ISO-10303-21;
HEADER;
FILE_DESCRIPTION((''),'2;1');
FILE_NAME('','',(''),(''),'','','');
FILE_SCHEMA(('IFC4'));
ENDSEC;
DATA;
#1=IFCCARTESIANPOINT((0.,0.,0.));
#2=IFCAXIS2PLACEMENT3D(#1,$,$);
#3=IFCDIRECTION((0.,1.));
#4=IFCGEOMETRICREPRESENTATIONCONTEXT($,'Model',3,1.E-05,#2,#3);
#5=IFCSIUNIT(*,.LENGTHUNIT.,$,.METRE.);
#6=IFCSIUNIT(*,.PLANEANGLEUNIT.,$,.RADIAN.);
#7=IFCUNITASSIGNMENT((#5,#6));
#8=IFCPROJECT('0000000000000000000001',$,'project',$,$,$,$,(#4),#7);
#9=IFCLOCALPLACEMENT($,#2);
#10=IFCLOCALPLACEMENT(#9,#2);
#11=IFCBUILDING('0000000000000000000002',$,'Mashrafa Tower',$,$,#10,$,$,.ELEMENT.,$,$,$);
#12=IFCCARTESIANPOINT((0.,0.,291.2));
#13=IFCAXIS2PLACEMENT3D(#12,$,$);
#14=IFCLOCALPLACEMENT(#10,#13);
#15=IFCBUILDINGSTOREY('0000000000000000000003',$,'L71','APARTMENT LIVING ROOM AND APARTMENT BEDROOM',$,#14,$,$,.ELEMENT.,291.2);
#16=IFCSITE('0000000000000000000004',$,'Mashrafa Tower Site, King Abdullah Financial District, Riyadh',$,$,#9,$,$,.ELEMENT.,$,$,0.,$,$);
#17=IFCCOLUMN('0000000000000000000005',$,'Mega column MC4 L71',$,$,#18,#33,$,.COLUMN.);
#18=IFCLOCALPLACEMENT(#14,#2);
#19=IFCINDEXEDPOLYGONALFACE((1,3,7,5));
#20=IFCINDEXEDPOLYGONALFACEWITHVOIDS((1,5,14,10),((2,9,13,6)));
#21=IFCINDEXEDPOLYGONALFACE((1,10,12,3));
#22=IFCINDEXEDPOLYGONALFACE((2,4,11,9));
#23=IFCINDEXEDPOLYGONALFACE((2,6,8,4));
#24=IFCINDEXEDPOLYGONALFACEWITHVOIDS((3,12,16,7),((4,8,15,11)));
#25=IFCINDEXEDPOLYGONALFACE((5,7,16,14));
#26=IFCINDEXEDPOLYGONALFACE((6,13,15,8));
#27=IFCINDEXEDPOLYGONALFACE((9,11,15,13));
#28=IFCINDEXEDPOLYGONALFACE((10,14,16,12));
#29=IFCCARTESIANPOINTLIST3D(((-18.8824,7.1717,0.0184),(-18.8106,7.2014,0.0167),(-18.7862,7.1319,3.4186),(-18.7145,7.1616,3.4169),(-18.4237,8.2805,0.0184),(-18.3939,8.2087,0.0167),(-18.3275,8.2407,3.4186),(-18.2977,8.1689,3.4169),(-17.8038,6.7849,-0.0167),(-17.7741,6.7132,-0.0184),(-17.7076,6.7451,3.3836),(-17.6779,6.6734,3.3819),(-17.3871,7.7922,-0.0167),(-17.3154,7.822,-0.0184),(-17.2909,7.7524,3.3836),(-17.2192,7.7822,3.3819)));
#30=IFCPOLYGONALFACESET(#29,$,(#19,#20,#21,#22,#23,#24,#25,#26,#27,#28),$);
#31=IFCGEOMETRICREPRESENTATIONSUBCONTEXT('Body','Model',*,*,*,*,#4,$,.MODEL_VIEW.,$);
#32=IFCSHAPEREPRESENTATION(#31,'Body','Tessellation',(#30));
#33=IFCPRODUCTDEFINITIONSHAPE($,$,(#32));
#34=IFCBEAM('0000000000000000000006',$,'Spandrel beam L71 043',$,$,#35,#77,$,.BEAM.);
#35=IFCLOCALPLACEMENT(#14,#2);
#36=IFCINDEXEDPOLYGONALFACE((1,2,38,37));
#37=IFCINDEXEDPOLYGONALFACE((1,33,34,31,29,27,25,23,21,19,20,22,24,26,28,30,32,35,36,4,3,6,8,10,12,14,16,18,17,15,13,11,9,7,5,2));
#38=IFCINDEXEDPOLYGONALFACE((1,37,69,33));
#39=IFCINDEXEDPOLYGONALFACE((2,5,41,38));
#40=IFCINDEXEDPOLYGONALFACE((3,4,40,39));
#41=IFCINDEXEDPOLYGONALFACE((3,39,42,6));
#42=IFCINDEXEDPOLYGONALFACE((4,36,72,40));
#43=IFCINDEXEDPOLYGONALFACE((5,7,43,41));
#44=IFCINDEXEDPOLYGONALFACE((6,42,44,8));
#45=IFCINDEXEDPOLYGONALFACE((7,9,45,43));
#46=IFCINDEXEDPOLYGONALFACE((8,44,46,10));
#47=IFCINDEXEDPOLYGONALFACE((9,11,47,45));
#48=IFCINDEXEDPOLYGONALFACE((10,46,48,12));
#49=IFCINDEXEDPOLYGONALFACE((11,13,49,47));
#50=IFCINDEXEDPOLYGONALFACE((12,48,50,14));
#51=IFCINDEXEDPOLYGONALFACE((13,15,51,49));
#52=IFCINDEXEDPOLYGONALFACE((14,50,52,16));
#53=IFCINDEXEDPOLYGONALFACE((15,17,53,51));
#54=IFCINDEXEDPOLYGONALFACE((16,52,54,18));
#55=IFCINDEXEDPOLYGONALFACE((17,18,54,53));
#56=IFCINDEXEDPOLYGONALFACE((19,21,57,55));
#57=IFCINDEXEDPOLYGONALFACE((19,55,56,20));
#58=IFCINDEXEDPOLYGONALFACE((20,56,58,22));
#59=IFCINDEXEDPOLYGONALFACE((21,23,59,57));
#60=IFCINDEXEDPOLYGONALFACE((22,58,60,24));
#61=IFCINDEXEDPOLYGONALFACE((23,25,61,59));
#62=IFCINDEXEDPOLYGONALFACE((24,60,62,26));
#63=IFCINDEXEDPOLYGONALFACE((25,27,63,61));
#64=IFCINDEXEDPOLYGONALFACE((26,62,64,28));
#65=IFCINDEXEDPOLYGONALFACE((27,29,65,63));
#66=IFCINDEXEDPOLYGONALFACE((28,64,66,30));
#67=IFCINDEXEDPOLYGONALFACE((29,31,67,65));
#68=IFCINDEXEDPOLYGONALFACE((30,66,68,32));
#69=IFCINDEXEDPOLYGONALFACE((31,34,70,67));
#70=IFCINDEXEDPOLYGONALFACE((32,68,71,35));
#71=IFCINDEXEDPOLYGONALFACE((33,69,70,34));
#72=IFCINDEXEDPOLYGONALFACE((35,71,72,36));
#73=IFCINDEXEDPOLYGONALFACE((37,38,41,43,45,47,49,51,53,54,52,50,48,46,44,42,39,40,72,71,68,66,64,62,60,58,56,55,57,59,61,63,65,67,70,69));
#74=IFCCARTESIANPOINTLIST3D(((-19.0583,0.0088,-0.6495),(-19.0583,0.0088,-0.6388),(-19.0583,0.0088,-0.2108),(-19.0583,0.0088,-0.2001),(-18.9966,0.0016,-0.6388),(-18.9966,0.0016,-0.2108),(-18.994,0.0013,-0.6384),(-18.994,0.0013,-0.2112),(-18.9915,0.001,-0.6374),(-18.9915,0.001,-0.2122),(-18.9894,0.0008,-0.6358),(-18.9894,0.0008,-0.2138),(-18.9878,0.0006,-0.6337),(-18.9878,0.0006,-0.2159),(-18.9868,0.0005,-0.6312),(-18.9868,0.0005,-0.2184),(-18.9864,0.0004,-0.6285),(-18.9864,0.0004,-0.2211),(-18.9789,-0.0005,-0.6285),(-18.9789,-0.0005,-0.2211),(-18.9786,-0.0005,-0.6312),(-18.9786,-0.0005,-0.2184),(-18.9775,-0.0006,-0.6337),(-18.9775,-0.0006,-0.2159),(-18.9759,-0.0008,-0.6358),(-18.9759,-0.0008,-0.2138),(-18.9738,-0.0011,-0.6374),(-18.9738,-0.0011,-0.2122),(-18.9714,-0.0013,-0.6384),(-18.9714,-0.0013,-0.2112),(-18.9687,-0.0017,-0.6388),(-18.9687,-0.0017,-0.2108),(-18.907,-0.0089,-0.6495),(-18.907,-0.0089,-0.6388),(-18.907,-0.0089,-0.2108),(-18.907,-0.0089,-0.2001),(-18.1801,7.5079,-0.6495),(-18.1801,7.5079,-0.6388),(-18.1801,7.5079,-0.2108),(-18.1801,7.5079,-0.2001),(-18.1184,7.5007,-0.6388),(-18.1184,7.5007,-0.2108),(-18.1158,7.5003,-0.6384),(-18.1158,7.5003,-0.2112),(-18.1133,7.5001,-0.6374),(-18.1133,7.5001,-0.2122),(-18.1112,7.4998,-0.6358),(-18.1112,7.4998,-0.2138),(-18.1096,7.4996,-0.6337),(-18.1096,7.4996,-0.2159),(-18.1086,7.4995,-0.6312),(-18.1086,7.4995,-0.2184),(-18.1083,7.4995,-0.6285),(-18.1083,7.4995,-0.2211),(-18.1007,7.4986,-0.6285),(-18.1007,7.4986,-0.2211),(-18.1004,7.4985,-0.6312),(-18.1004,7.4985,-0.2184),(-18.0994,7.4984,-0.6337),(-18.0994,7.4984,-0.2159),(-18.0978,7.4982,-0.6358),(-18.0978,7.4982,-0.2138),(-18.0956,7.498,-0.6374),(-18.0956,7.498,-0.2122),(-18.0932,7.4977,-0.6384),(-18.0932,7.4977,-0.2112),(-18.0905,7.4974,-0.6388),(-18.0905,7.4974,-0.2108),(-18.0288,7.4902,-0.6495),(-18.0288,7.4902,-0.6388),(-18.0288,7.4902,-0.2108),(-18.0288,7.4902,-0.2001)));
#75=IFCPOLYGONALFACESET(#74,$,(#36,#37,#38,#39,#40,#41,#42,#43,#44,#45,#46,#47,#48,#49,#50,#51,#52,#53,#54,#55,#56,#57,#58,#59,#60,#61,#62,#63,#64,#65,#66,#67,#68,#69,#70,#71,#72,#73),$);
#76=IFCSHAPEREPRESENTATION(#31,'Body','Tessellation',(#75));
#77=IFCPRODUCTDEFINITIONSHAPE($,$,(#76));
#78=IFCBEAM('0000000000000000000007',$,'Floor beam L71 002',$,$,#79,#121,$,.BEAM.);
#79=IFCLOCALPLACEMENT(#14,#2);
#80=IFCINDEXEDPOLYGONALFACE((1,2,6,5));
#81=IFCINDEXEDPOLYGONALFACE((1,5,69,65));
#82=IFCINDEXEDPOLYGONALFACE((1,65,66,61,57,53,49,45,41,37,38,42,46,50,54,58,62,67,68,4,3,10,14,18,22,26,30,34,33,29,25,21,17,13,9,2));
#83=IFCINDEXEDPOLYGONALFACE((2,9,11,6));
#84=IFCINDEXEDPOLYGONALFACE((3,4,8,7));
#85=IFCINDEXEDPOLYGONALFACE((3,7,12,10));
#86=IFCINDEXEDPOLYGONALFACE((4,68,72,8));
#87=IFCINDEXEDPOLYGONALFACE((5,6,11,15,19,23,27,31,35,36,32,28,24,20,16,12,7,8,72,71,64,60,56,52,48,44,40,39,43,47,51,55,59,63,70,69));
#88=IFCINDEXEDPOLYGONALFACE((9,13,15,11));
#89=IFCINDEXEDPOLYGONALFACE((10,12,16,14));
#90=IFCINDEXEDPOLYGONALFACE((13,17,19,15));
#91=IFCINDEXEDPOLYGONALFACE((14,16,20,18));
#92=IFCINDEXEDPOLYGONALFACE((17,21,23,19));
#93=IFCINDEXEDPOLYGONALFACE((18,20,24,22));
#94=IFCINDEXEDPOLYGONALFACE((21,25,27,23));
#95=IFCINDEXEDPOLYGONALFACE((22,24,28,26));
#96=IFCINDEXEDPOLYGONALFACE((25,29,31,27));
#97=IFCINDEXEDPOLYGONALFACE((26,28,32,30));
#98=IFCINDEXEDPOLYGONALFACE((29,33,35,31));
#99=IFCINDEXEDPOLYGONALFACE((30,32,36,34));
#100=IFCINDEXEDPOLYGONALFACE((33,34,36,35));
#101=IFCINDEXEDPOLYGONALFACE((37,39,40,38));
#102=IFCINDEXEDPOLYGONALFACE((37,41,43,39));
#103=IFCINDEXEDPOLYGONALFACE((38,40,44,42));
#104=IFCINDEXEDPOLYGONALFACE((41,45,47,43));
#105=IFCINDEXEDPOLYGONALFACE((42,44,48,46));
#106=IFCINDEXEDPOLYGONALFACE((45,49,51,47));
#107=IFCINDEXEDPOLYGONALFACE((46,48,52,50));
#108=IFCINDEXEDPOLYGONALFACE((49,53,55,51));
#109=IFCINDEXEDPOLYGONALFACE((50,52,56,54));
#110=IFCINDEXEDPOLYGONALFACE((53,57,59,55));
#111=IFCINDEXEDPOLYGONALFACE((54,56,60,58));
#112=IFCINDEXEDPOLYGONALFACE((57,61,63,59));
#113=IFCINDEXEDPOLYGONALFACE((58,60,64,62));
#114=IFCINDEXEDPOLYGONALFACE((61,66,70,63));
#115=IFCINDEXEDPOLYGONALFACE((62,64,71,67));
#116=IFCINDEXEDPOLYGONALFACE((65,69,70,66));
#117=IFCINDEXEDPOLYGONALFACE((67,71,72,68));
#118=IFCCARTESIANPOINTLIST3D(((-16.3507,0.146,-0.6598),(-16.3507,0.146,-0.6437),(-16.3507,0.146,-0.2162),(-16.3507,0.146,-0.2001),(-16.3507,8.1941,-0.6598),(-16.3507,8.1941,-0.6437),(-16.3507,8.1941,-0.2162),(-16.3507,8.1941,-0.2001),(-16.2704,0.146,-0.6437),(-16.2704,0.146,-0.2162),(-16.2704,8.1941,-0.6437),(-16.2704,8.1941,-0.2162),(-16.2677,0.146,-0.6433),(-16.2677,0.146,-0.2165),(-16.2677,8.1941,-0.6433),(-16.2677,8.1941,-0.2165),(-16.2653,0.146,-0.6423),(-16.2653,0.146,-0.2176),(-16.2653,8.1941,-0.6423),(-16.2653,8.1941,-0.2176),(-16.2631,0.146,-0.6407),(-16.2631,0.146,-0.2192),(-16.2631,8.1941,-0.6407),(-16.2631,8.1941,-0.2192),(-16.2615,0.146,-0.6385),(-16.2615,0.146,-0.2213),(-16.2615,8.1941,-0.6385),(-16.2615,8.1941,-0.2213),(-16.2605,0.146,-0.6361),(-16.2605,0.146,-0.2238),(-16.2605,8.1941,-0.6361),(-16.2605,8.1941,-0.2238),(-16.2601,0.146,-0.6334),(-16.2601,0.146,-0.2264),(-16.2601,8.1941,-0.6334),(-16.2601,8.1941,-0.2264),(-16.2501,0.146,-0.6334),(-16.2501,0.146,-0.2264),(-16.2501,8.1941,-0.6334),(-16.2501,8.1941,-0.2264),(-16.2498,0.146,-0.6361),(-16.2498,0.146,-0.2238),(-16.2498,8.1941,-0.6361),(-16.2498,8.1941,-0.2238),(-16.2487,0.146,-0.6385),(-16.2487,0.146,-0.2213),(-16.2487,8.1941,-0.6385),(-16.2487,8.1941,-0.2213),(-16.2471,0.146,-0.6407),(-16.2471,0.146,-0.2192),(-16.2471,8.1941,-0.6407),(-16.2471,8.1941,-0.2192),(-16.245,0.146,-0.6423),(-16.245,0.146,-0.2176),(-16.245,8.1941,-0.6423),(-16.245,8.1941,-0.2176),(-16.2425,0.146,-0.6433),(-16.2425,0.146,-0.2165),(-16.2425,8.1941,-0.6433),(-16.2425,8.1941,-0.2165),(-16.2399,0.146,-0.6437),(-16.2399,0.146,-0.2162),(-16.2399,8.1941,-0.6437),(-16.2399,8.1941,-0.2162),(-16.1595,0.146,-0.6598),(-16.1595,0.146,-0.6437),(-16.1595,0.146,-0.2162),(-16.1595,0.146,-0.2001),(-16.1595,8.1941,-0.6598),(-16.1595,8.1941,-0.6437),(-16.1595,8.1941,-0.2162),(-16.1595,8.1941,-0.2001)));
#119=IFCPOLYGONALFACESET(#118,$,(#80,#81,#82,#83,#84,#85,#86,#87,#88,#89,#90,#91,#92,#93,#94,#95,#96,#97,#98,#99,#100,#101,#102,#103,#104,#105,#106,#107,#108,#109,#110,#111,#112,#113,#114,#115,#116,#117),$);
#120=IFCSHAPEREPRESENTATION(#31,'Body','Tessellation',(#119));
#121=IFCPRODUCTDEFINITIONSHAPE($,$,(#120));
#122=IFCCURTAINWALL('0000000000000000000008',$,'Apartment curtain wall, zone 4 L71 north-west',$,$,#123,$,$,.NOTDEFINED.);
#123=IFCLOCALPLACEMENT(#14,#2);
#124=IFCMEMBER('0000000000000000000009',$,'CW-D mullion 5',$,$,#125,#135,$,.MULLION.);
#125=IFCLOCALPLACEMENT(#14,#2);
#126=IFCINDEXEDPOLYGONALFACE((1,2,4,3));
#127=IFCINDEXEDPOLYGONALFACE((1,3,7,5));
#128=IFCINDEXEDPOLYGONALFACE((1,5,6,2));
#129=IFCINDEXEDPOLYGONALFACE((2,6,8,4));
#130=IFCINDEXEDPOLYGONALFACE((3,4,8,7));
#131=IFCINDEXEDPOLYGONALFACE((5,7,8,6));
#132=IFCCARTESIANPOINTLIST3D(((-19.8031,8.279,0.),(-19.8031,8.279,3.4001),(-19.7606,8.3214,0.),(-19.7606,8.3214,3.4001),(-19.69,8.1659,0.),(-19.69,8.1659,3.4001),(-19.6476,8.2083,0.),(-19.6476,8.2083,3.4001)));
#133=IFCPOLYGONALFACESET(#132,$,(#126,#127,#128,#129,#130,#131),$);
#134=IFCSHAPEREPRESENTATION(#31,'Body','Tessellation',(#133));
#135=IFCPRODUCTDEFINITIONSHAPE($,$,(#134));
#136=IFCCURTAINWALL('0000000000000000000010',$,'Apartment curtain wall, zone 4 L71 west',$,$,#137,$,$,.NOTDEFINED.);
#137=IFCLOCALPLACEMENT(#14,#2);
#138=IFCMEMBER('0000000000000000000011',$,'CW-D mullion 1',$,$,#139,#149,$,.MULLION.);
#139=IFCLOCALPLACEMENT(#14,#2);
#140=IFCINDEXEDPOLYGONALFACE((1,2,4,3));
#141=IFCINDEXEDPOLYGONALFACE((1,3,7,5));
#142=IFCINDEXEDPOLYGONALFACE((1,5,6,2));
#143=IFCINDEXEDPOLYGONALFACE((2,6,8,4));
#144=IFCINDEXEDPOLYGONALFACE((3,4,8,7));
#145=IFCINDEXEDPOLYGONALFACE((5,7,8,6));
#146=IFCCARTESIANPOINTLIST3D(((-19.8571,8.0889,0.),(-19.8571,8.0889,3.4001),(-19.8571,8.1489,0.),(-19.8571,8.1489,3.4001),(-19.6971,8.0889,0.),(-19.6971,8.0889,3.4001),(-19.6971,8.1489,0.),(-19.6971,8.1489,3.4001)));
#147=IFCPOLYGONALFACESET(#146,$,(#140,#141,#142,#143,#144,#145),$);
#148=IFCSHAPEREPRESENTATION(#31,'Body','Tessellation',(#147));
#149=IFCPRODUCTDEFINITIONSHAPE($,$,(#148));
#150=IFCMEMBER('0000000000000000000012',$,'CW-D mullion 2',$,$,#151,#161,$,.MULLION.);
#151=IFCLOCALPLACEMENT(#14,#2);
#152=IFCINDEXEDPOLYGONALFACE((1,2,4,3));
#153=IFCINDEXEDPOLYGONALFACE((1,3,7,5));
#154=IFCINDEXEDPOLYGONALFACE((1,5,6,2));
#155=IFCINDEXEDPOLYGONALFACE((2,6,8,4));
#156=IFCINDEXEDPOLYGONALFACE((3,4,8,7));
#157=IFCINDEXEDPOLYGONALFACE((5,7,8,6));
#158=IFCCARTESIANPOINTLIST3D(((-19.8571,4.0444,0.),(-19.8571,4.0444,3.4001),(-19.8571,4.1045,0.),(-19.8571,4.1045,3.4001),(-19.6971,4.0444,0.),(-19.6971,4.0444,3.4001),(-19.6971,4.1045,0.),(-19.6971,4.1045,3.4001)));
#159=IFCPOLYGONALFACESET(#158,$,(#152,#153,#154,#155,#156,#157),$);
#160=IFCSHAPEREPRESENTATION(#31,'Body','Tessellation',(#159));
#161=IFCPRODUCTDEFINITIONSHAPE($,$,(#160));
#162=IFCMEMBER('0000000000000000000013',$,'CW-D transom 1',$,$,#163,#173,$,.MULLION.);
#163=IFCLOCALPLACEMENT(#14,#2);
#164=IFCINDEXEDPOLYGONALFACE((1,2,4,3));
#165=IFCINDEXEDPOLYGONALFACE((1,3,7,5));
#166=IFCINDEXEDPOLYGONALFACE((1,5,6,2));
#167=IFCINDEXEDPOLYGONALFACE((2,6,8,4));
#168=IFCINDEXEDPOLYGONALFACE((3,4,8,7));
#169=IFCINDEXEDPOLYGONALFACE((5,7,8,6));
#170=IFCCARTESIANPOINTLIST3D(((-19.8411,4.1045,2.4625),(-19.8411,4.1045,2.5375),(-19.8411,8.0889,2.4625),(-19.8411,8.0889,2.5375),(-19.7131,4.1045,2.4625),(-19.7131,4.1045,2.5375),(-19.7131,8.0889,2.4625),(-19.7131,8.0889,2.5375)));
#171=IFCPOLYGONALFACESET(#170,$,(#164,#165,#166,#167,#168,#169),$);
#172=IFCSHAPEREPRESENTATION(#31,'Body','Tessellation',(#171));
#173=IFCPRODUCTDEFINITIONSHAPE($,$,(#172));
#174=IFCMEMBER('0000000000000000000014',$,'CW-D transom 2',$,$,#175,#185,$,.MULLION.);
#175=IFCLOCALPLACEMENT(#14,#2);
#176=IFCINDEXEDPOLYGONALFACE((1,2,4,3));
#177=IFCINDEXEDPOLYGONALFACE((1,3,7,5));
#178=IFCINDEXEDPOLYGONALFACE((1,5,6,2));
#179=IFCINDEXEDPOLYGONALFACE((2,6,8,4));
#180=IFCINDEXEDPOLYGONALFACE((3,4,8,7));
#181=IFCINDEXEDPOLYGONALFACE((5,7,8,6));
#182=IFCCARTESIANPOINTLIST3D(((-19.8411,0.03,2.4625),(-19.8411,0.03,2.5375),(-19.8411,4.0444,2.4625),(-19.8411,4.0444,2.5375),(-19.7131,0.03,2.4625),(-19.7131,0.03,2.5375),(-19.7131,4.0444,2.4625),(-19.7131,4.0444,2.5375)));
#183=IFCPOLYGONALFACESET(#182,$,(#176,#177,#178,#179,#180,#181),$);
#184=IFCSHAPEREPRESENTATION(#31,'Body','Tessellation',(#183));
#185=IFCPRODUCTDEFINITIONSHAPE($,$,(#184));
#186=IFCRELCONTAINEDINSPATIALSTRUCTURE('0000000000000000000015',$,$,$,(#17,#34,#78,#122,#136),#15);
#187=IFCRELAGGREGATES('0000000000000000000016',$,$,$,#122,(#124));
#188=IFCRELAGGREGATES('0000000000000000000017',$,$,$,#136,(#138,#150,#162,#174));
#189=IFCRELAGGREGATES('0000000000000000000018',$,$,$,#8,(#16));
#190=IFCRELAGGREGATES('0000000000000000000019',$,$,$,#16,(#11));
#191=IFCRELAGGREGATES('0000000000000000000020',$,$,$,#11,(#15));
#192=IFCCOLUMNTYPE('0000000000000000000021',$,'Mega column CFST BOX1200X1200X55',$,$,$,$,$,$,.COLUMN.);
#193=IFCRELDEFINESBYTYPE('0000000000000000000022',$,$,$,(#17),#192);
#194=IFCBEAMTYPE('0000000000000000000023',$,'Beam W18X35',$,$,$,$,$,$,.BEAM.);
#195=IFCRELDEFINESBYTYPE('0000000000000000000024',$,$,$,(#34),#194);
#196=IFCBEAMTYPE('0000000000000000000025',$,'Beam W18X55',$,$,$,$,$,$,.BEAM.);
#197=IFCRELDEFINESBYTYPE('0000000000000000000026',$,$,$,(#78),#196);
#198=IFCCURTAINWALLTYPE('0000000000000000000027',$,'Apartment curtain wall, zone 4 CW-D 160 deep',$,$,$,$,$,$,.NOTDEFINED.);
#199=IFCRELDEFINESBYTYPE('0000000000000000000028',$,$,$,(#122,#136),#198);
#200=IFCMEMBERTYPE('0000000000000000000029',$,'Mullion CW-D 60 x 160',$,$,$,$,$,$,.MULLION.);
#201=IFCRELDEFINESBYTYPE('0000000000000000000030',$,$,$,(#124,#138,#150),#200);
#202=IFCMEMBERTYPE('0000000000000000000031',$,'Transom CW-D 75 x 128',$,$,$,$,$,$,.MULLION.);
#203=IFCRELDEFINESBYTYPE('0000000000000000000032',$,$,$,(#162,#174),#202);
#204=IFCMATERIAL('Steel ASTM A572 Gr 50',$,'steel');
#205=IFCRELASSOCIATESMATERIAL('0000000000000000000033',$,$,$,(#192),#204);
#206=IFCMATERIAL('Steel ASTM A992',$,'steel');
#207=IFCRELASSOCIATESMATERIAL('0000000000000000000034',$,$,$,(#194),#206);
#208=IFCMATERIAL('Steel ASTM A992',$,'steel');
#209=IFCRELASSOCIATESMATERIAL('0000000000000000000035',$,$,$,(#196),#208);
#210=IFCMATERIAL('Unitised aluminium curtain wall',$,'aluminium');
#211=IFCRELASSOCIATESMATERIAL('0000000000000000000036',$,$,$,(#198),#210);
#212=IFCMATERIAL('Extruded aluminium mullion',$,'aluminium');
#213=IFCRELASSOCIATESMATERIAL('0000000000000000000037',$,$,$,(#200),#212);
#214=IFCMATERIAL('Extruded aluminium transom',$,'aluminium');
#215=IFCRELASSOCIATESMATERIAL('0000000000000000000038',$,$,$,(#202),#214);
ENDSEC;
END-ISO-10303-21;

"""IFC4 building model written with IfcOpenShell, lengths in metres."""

from ifc_helpers import new_model, si_unit, direction, frame, origin, origin_2d, place, context, subcontext, project, spatial, rectangle, hollow_rectangle, i_section, extrude, source, transform, mapped, material, material_profile, profile_set, type_object, type_shapes, element, aggregate, save


model = new_model("IFC4")

# Units and contexts
model_context = context("Model", 3, precision=1e-05, world=origin(), true_north=direction((0.0, 1.0)))
body_context = subcontext(model_context, "Body", "Model", "MODEL_VIEW")
ifc_project = project(units=[si_unit("LENGTHUNIT", "METRE"), si_unit("PLANEANGLEUNIT", "RADIAN")], contexts=[model_context])

# Site, building, storey
site_placement = place(None, origin())
site = spatial("IfcSite", under=ifc_project, at=site_placement, Name="Mashrafa Tower Site, King Abdullah Financial District, Riyadh", CompositionType="ELEMENT", RefElevation=0.0)
building_placement = place(site_placement, origin())
building = spatial("IfcBuilding", under=site, at=building_placement, Name="Mashrafa Tower", CompositionType="ELEMENT")
storey_placement = place(building_placement, frame((0.0, 0.0, 291.2)))
storey = spatial("IfcBuildingStorey", under=building, at=storey_placement, Name="L71", Description="APARTMENT LIVING ROOM AND APARTMENT BEDROOM", CompositionType="ELEMENT", Elevation=291.2)

# Column
ifc_material_1 = material(Name="Steel ASTM A572 Gr 50", Category="steel")
ifc_material_profile_1 = material_profile(ifc_material_1, hollow_rectangle(XDim=1.2, YDim=1.2, WallThickness=0.0549, at=origin_2d()), Name="BOX1200X1200X55")
ifc_profile_set_1 = profile_set([ifc_material_profile_1], Name="Steel ASTM A572 Gr 50")
column_type = type_object("IfcColumnType", Name="Mega column CFST BOX1200X1200X55", PredefinedType="COLUMN", material=ifc_profile_set_1)
column_placement = place(storey_placement, frame((-18.0989, 7.4968, 0.0), z_axis=(0.028277, -0.011698, 0.999532), x_axis=(0.382283, 0.924045, 0.0)))
element("IfcColumn", 1, at=column_placement, inside=storey, type_object=column_type, Name="Mega column MC4 L71", PredefinedType="COLUMN", context=body_context, shape_type="SweptSolid", body=[
    extrude(hollow_rectangle(XDim=1.2, YDim=1.2, WallThickness=0.0549, at=origin_2d()), origin(), (0.0, 0.0, 1.0), 3.4019),
])

# Beams
ifc_material_2 = material(Name="Steel ASTM A992", Category="steel")
ifc_material_profile_2 = material_profile(ifc_material_2, i_section(OverallWidth=0.1523, OverallDepth=0.4495, WebThickness=0.0076, FlangeThickness=0.0107, FilletRadius=0.0103, at=origin_2d()), Name="W18X35")
ifc_profile_set_2 = profile_set([ifc_material_profile_2], Name="Steel ASTM A992")
beam_type_1 = type_object("IfcBeamType", Name="Beam W18X35", PredefinedType="BEAM", material=ifc_profile_set_2)
beam_1_placement = place(storey_placement, frame((-18.1045, 7.499, -0.4248), z_axis=(-0.11631, -0.993213, 0.0), x_axis=(0.993213, -0.11631, 0.0)))
element("IfcBeam", 2, at=beam_1_placement, inside=storey, type_object=beam_type_1, Name="Spandrel beam L71 043", PredefinedType="BEAM", context=body_context, shape_type="SweptSolid", body=[
    extrude(i_section(OverallWidth=0.1523, OverallDepth=0.4495, WebThickness=0.0076, FlangeThickness=0.0107, FilletRadius=0.0103, at=origin_2d()), origin(), (0.0, 0.0, 1.0), 7.5503),
])
ifc_material_3 = material(Name="Steel ASTM A992", Category="steel")
ifc_material_profile_3 = material_profile(ifc_material_3, i_section(OverallWidth=0.1912, OverallDepth=0.4597, WebThickness=0.01, FlangeThickness=0.0161, FilletRadius=0.0103, at=origin_2d()), Name="W18X55")
ifc_profile_set_3 = profile_set([ifc_material_profile_3], Name="Steel ASTM A992")
beam_type_2 = type_object("IfcBeamType", Name="Beam W18X55", PredefinedType="BEAM", material=ifc_profile_set_3)
beam_2_placement = place(storey_placement, frame((-16.2551, 0.146, -0.4299), z_axis=(0.0, 1.0, 0.0), x_axis=(-1.0, 0.0, 0.0)))
element("IfcBeam", 3, at=beam_2_placement, inside=storey, type_object=beam_type_2, Name="Floor beam L71 002", PredefinedType="BEAM", context=body_context, shape_type="SweptSolid", body=[
    extrude(i_section(OverallWidth=0.1912, OverallDepth=0.4597, WebThickness=0.01, FlangeThickness=0.0161, FilletRadius=0.0103, at=origin_2d()), origin(), (0.0, 0.0, 1.0), 8.0481),
])

# Curtain wall, member
ifc_material_4 = material(Name="Unitised aluminium curtain wall", Category="aluminium")
curtain_wall_type = type_object("IfcCurtainWallType", Name="Apartment curtain wall, zone 4 CW-D 160 deep", PredefinedType="NOTDEFINED", material=ifc_material_4)
curtain_wall_1_placement = place(storey_placement, origin())
curtain_wall_1 = element("IfcCurtainWall", 4, at=curtain_wall_1_placement, inside=storey, type_object=curtain_wall_type, Name="Apartment curtain wall, zone 4 L71 north-west", PredefinedType="NOTDEFINED")
ifc_material_5 = material(Name="Extruded aluminium mullion", Category="aluminium")
ifc_material_profile_4 = material_profile(ifc_material_5, rectangle(XDim=0.1599, YDim=0.0601, at=origin_2d()), Name="Mullion 60x160")
ifc_profile_set_4 = profile_set([ifc_material_profile_4], Name="Extruded aluminium mullion")
member_type_1 = type_object("IfcMemberType", Name="Mullion CW-D 60 x 160", PredefinedType="MULLION", material=ifc_profile_set_4)
shared_shape_1 = source(origin(), body_context, "Body", "SweptSolid", [
    extrude(rectangle(XDim=0.1599, YDim=0.0601, at=origin_2d()), origin(), (0.0, 0.0, 1.0), 3.4001),
])
type_shapes(member_type_1, [shared_shape_1])
member_1_placement = place(storey_placement, frame((-19.7253, 8.2437, 0.0), z_axis=(0.0, 0.0, 1.0), x_axis=(0.707107, -0.707107, 0.0)))
member_1 = element("IfcMember", 5, at=member_1_placement, type_object=member_type_1, Name="CW-D mullion 5", PredefinedType="MULLION", context=body_context, shape_type="MappedRepresentation", body=[
    mapped(shared_shape_1, transform((0.0, 0.0, 0.0))),
])
aggregate(curtain_wall_1, [member_1])

# Curtain wall, members
curtain_wall_2_placement = place(storey_placement, origin())
curtain_wall_2 = element("IfcCurtainWall", 6, at=curtain_wall_2_placement, inside=storey, type_object=curtain_wall_type, Name="Apartment curtain wall, zone 4 L71 west", PredefinedType="NOTDEFINED")
member_2_placement = place(storey_placement, frame((-19.7771, 8.1189, 0.0), z_axis=(0.0, 0.0, 1.0), x_axis=(1.0, 0.0, 0.0)))
member_2 = element("IfcMember", 7, at=member_2_placement, type_object=member_type_1, Name="CW-D mullion 1", PredefinedType="MULLION", context=body_context, shape_type="MappedRepresentation", body=[
    mapped(shared_shape_1, transform((0.0, 0.0, 0.0))),
])
member_3_placement = place(storey_placement, frame((-19.7771, 4.0745, 0.0), z_axis=(0.0, 0.0, 1.0), x_axis=(1.0, 0.0, 0.0)))
member_3 = element("IfcMember", 8, at=member_3_placement, type_object=member_type_1, Name="CW-D mullion 2", PredefinedType="MULLION", context=body_context, shape_type="MappedRepresentation", body=[
    mapped(shared_shape_1, transform((0.0, 0.0, 0.0))),
])
ifc_material_6 = material(Name="Extruded aluminium transom", Category="aluminium")
ifc_material_profile_5 = material_profile(ifc_material_6, rectangle(XDim=0.1279, YDim=0.075, at=origin_2d()), Name="Transom 75x128")
ifc_profile_set_5 = profile_set([ifc_material_profile_5], Name="Extruded aluminium transom")
member_type_2 = type_object("IfcMemberType", Name="Transom CW-D 75 x 128", PredefinedType="MULLION", material=ifc_profile_set_5)
shared_shape_2 = source(origin(), body_context, "Body", "SweptSolid", [
    extrude(rectangle(XDim=0.1279, YDim=0.075, at=origin_2d()), origin(), (0.0, 0.0, 1.0), 3.9844),
])
member_4_placement = place(storey_placement, frame((-19.7771, 8.0889, 2.5), z_axis=(0.0, -1.0, 0.0), x_axis=(1.0, 0.0, 0.0)))
member_4 = element("IfcMember", 9, at=member_4_placement, type_object=member_type_2, Name="CW-D transom 1", PredefinedType="MULLION", context=body_context, shape_type="MappedRepresentation", body=[
    mapped(shared_shape_2, transform((0.0, 0.0, 0.0))),
])
shared_shape_3 = source(origin(), body_context, "Body", "SweptSolid", [
    extrude(rectangle(XDim=0.1279, YDim=0.075, at=origin_2d()), origin(), (0.0, 0.0, 1.0), 4.0144),
])
type_shapes(member_type_2, [shared_shape_2, shared_shape_3])
member_5_placement = place(storey_placement, frame((-19.7771, 4.0444, 2.5), z_axis=(0.0, -1.0, 0.0), x_axis=(1.0, 0.0, 0.0)))
member_5 = element("IfcMember", 10, at=member_5_placement, type_object=member_type_2, Name="CW-D transom 2", PredefinedType="MULLION", context=body_context, shape_type="MappedRepresentation", body=[
    mapped(shared_shape_3, transform((0.0, 0.0, 0.0))),
])
aggregate(curtain_wall_2, [member_2, member_3, member_4, member_5])

save(model, "model.ifc")
